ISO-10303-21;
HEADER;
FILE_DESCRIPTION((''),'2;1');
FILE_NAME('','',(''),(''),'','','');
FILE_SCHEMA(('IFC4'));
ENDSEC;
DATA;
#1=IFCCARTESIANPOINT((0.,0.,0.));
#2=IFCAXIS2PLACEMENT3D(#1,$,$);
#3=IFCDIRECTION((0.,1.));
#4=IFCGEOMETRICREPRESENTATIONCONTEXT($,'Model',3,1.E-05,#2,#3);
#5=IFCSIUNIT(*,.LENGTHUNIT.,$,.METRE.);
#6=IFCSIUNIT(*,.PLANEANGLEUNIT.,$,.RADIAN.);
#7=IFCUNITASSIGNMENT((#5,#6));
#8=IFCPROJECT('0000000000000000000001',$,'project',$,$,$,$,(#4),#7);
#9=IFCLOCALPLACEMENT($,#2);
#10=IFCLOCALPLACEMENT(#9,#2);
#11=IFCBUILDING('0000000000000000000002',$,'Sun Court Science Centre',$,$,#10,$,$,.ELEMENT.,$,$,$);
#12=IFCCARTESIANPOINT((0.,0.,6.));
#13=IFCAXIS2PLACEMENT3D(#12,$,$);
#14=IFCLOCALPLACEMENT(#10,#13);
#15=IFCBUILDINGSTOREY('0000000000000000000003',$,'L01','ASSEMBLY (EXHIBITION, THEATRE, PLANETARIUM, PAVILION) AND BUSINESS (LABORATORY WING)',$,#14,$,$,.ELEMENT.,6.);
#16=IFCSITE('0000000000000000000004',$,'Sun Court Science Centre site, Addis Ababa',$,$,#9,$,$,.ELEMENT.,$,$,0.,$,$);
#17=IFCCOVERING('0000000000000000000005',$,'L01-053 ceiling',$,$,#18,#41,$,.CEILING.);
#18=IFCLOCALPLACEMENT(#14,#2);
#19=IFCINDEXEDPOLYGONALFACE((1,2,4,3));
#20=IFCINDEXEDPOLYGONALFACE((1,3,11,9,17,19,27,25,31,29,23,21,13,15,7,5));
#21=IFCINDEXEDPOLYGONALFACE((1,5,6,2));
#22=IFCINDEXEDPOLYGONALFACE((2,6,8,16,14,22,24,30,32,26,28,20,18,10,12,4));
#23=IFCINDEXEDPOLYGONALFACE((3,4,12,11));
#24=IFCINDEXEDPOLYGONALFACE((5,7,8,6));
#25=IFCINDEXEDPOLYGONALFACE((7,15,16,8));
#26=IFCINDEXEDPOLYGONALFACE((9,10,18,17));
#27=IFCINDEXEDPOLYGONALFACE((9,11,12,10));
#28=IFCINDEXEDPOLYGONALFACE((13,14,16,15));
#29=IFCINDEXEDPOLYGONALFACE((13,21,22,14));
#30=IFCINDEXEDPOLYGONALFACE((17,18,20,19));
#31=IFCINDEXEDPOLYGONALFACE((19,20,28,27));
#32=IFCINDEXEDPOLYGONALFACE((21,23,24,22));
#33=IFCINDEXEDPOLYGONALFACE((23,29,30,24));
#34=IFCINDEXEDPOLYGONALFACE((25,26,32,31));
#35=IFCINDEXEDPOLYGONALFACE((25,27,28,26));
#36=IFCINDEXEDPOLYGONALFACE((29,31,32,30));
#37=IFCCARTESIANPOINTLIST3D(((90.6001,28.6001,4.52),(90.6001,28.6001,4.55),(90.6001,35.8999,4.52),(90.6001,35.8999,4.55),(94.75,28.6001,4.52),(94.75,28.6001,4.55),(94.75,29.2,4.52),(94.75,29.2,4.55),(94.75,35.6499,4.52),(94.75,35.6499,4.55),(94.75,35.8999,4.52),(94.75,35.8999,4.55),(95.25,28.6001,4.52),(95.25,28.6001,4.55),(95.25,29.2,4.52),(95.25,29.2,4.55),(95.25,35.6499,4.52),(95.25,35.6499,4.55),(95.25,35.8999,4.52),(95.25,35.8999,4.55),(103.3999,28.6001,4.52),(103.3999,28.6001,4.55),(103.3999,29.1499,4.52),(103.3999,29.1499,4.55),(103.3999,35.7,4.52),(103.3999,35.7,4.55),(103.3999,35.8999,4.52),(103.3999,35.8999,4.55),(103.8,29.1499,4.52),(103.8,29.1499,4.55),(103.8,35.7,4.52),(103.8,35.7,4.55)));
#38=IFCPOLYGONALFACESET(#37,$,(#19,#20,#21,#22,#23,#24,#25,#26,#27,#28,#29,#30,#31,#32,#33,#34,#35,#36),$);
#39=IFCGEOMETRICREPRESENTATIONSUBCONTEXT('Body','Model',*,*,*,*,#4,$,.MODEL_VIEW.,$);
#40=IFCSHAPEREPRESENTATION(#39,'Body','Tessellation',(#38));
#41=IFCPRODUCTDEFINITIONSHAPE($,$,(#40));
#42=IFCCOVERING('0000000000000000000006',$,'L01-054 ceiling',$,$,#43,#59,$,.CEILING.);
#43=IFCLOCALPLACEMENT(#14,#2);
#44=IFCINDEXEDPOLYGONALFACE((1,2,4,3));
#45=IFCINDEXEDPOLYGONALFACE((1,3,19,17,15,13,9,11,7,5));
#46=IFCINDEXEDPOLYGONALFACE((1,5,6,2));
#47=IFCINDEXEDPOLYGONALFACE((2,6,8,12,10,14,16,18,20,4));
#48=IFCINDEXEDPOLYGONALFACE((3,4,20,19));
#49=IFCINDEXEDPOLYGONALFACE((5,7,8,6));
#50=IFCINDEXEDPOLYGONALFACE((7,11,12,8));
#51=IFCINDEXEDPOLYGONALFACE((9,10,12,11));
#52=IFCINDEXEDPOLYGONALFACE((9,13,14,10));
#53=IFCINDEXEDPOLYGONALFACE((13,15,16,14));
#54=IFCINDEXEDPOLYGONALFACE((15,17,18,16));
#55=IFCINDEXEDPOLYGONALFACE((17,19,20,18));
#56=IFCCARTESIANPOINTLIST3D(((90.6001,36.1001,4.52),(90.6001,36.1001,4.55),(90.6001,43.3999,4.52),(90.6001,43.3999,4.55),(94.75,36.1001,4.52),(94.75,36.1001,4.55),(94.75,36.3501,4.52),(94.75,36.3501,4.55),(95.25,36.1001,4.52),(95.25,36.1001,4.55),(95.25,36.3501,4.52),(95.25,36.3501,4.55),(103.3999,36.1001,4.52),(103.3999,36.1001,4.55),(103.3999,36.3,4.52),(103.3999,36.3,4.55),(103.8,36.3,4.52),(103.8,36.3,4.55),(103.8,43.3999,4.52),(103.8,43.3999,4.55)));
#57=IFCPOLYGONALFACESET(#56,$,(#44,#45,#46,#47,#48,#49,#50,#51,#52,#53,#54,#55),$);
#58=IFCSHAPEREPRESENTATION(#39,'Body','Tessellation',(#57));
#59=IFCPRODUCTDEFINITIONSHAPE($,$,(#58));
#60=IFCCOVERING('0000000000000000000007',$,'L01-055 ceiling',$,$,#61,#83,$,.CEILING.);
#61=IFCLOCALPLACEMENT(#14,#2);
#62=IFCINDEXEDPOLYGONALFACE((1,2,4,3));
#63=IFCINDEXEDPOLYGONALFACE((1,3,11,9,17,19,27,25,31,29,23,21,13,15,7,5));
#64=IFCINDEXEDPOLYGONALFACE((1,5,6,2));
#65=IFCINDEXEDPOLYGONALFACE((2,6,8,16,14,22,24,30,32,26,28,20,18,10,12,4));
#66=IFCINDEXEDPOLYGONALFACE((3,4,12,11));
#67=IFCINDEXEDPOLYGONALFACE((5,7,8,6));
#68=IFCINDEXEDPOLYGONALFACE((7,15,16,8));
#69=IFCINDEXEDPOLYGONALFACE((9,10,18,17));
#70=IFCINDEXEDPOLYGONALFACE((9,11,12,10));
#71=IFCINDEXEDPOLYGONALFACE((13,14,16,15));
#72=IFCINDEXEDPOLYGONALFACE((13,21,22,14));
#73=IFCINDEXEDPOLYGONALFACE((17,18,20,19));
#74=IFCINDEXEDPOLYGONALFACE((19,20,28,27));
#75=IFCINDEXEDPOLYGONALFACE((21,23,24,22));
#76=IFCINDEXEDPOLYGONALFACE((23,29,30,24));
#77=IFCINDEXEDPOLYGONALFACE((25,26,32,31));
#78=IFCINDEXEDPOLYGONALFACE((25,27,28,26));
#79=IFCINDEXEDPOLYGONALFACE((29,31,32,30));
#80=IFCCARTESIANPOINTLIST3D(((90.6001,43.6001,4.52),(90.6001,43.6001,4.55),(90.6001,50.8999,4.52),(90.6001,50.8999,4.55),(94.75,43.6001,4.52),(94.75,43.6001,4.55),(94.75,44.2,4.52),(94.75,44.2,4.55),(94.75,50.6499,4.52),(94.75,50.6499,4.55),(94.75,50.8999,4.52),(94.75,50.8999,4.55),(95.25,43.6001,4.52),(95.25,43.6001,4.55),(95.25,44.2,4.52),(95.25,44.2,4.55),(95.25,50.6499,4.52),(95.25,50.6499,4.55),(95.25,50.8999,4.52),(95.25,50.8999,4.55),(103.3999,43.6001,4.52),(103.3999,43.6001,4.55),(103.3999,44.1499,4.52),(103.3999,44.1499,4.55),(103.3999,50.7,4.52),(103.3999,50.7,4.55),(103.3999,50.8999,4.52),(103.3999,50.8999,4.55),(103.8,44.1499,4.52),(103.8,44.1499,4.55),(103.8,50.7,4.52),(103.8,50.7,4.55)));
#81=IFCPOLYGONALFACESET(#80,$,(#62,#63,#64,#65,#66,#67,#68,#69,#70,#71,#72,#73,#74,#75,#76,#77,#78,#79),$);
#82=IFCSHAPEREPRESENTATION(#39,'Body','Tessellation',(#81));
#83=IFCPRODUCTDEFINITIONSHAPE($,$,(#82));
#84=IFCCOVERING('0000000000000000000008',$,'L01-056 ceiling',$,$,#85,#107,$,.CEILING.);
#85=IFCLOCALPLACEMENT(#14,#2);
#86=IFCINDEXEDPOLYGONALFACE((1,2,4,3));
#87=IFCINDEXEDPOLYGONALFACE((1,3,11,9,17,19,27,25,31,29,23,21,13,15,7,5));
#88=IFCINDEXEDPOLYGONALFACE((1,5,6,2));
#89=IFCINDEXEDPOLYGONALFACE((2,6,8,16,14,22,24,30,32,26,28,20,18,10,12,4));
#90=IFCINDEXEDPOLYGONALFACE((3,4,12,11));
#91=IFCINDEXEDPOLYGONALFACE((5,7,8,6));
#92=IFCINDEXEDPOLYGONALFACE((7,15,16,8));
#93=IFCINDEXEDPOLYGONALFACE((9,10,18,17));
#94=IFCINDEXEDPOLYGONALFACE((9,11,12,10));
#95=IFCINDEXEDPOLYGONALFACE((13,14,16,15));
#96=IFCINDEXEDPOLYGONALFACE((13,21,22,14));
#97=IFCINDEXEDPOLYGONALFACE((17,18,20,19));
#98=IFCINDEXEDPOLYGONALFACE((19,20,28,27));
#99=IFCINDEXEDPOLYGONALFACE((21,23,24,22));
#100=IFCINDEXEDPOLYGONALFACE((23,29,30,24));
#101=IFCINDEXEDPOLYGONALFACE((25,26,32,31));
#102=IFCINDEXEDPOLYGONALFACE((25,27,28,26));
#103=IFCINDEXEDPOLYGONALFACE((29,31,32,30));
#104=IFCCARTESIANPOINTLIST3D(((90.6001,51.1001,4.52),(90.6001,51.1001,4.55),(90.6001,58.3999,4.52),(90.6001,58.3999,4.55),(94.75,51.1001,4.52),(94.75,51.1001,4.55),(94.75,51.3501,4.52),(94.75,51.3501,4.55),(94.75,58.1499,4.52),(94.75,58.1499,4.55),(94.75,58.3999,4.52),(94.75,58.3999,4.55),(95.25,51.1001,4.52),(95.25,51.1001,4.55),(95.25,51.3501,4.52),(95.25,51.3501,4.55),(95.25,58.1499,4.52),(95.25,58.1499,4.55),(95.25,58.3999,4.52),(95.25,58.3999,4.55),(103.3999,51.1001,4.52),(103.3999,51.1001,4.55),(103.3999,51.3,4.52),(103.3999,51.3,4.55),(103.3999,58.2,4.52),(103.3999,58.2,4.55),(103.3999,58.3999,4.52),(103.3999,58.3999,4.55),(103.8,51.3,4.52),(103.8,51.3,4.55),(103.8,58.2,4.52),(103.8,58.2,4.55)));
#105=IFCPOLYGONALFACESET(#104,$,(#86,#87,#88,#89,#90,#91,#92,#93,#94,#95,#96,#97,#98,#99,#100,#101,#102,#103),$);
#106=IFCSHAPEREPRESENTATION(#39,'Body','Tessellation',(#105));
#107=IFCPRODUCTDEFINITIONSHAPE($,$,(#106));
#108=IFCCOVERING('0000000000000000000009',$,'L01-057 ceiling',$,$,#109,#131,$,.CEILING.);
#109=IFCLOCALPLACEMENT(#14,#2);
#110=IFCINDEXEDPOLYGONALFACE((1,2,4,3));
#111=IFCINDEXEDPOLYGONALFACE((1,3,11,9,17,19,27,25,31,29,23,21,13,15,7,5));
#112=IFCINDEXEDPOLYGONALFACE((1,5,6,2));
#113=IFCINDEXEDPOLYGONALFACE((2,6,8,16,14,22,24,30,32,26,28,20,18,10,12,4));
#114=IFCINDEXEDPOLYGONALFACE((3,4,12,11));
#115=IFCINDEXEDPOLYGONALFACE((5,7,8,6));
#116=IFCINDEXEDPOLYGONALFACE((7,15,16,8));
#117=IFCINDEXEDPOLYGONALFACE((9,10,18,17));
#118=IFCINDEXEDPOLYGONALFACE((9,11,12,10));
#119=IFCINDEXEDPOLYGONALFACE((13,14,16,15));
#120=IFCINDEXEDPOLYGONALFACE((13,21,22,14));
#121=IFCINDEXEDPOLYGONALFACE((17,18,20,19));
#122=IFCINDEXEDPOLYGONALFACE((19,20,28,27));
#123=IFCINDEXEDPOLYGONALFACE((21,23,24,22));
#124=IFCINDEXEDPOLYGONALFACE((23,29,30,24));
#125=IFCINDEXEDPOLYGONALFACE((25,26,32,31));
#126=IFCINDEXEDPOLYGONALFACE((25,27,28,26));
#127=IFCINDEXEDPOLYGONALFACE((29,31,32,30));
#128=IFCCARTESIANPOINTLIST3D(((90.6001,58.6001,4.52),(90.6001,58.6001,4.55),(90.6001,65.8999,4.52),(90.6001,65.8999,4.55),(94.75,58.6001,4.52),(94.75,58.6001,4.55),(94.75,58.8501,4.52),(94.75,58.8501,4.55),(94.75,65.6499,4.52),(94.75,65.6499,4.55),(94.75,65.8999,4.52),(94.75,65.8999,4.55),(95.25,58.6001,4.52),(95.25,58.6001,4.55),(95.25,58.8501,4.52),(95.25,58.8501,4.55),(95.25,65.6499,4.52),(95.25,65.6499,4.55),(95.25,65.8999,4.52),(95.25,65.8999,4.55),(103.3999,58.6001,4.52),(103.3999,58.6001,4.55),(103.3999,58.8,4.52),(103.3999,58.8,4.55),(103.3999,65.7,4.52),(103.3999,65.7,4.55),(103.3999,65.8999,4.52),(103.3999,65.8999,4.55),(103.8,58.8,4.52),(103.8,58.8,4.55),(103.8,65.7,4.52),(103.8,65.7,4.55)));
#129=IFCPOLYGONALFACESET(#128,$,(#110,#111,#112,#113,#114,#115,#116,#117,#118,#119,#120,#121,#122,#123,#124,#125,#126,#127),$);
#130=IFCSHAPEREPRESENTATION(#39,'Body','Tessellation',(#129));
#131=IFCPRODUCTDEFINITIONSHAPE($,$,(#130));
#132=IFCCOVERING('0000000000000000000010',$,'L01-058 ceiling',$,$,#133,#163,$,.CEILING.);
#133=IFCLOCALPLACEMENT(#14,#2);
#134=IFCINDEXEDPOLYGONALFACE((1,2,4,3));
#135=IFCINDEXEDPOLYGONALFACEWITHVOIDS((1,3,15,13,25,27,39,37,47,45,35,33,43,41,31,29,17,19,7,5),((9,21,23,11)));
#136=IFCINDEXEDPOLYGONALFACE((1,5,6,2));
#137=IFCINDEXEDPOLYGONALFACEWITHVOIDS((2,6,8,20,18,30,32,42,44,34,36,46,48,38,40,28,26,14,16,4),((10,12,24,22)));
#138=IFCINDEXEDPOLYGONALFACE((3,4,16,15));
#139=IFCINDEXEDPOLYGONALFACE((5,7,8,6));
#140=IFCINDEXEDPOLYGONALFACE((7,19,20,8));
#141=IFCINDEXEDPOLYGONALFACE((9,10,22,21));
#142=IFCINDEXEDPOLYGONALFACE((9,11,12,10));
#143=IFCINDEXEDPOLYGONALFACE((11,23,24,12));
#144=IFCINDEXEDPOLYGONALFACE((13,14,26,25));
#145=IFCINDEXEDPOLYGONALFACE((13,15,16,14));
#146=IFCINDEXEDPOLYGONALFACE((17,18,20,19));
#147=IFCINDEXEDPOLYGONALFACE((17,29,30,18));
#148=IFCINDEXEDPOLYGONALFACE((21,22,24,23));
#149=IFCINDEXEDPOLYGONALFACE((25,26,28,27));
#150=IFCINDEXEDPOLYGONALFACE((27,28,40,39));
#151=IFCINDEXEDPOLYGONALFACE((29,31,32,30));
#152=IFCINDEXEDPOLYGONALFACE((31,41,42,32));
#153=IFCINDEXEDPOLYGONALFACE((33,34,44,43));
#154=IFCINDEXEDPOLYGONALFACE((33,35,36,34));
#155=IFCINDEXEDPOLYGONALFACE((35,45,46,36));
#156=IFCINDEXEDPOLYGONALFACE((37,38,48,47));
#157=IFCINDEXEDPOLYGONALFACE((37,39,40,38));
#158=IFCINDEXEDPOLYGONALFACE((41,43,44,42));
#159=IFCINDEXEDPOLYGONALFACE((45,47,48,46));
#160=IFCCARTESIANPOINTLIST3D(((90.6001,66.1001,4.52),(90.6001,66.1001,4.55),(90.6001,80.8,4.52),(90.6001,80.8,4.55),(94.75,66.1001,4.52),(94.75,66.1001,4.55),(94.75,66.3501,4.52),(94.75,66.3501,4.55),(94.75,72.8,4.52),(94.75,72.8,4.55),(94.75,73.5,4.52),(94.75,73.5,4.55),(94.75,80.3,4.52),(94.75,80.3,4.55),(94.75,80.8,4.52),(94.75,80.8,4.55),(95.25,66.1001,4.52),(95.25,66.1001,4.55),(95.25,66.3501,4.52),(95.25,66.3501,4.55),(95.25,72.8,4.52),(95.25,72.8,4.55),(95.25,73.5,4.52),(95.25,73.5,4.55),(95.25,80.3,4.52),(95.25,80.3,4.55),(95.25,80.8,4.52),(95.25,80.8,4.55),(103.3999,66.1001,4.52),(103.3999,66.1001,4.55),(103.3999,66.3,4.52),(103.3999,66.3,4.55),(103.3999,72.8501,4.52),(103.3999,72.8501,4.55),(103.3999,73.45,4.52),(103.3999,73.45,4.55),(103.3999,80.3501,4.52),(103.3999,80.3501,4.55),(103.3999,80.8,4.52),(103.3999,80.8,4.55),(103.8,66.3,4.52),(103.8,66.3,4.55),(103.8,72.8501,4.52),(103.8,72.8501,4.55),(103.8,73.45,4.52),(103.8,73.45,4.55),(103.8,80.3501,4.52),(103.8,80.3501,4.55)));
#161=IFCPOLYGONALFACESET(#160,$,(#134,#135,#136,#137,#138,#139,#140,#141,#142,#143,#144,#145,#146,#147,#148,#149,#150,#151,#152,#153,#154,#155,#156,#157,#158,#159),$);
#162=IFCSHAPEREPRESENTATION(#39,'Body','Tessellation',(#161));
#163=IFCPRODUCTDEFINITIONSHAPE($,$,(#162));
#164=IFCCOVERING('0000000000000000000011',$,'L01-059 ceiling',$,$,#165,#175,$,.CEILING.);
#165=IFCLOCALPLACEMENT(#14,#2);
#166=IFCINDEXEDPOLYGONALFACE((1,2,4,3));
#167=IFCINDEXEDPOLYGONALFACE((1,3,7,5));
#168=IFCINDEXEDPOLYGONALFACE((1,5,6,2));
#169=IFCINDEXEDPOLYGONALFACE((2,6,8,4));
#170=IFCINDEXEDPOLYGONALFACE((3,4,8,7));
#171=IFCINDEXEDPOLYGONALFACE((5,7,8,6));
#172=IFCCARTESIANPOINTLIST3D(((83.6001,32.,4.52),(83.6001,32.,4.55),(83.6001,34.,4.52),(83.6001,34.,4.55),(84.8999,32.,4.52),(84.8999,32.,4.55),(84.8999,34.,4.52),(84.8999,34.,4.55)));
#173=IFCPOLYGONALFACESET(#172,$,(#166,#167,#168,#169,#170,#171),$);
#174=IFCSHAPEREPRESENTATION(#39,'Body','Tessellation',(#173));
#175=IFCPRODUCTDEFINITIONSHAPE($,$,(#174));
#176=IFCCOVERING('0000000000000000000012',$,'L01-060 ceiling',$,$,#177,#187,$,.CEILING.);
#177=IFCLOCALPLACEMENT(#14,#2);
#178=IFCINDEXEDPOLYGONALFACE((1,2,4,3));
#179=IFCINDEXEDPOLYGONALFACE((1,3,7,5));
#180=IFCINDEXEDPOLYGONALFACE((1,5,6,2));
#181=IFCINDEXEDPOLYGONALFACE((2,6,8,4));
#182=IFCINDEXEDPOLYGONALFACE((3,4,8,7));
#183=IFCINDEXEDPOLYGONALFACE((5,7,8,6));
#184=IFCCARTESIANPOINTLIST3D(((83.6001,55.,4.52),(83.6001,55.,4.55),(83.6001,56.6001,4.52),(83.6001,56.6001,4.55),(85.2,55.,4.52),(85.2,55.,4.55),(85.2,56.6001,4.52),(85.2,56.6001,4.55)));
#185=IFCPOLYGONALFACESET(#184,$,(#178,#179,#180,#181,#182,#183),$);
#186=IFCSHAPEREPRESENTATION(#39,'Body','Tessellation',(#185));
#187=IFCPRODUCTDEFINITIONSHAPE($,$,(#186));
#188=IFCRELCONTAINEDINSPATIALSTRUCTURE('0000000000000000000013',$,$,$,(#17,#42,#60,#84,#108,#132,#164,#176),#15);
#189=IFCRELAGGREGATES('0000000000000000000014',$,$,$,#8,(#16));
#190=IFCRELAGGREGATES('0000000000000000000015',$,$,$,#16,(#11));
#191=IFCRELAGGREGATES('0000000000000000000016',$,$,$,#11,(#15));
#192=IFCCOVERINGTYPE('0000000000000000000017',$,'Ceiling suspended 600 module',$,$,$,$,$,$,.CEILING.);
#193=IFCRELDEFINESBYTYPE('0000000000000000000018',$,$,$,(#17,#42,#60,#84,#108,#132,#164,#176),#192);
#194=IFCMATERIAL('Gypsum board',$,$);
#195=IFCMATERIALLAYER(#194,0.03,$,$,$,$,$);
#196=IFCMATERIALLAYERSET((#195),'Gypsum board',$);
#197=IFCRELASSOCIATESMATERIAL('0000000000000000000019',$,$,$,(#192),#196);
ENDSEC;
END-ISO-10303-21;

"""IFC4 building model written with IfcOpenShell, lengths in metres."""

from ifc_helpers import new_model, si_unit, direction, frame, origin, place, context, subcontext, project, spatial, polyline, outline, extrude, material, layer, layer_set, type_object, element, save


model = new_model("IFC4")

# Units and contexts
model_context = context("Model", 3, precision=1e-05, world=origin(), true_north=direction((0.0, 1.0)))
body_context = subcontext(model_context, "Body", "Model", "MODEL_VIEW")
ifc_project = project(units=[si_unit("LENGTHUNIT", "METRE"), si_unit("PLANEANGLEUNIT", "RADIAN")], contexts=[model_context])

# Site, building, storey
site_placement = place(None, origin())
site = spatial("IfcSite", under=ifc_project, at=site_placement, Name="Sun Court Science Centre site, Addis Ababa", CompositionType="ELEMENT", RefElevation=0.0)
building_placement = place(site_placement, origin())
building = spatial("IfcBuilding", under=site, at=building_placement, Name="Sun Court Science Centre", CompositionType="ELEMENT")
storey_placement = place(building_placement, frame((0.0, 0.0, 6.0)))
storey = spatial("IfcBuildingStorey", under=building, at=storey_placement, Name="L01", Description="ASSEMBLY (EXHIBITION, THEATRE, PLANETARIUM, PAVILION) AND BUSINESS (LABORATORY WING)", CompositionType="ELEMENT", Elevation=6.0)

# Coverings
ifc_material_1 = material(Name="Gypsum board")
ifc_layer_1 = layer(ifc_material_1, 0.03)
ifc_layer_set_1 = layer_set([ifc_layer_1], Name="Gypsum board")
covering_type_1 = type_object("IfcCoveringType", Name="Ceiling suspended 600 module", PredefinedType="CEILING", material=ifc_layer_set_1)
covering_1_placement = place(storey_placement, frame((0.0, 0.0, 4.52)))
element("IfcCovering", 1, at=covering_1_placement, inside=storey, type_object=covering_type_1, Name="L01-053 ceiling", PredefinedType="CEILING", context=body_context, shape_type="SweptSolid", body=[
    extrude(outline(polyline([(103.3999, 28.6001), (95.25, 28.6001), (95.25, 29.2), (94.75, 29.2), (94.75, 28.6001), (90.6001, 28.6001), (90.6001, 35.8999), (94.75, 35.8999), (94.75, 35.6499), (95.25, 35.6499), (95.25, 35.8999), (103.3999, 35.8999), (103.3999, 35.7), (103.8, 35.7), (103.8, 29.1499), (103.3999, 29.1499), (103.3999, 28.6001)])), origin(), (0.0, 0.0, 1.0), 0.03),
])
covering_2_placement = place(storey_placement, frame((0.0, 0.0, 4.52)))
element("IfcCovering", 2, at=covering_2_placement, inside=storey, type_object=covering_type_1, Name="L01-054 ceiling", PredefinedType="CEILING", context=body_context, shape_type="SweptSolid", body=[
    extrude(outline(polyline([(103.3999, 36.1001), (95.25, 36.1001), (95.25, 36.3501), (94.75, 36.3501), (94.75, 36.1001), (90.6001, 36.1001), (90.6001, 43.3999), (103.8, 43.3999), (103.8, 36.3), (103.3999, 36.3), (103.3999, 36.1001)])), origin(), (0.0, 0.0, 1.0), 0.03),
])
covering_3_placement = place(storey_placement, frame((0.0, 0.0, 4.52)))
element("IfcCovering", 3, at=covering_3_placement, inside=storey, type_object=covering_type_1, Name="L01-055 ceiling", PredefinedType="CEILING", context=body_context, shape_type="SweptSolid", body=[
    extrude(outline(polyline([(103.3999, 43.6001), (95.25, 43.6001), (95.25, 44.2), (94.75, 44.2), (94.75, 43.6001), (90.6001, 43.6001), (90.6001, 50.8999), (94.75, 50.8999), (94.75, 50.6499), (95.25, 50.6499), (95.25, 50.8999), (103.3999, 50.8999), (103.3999, 50.7), (103.8, 50.7), (103.8, 44.1499), (103.3999, 44.1499), (103.3999, 43.6001)])), origin(), (0.0, 0.0, 1.0), 0.03),
])
covering_4_placement = place(storey_placement, frame((0.0, 0.0, 4.52)))
element("IfcCovering", 4, at=covering_4_placement, inside=storey, type_object=covering_type_1, Name="L01-056 ceiling", PredefinedType="CEILING", context=body_context, shape_type="SweptSolid", body=[
    extrude(outline(polyline([(103.3999, 51.1001), (95.25, 51.1001), (95.25, 51.3501), (94.75, 51.3501), (94.75, 51.1001), (90.6001, 51.1001), (90.6001, 58.3999), (94.75, 58.3999), (94.75, 58.1499), (95.25, 58.1499), (95.25, 58.3999), (103.3999, 58.3999), (103.3999, 58.2), (103.8, 58.2), (103.8, 51.3), (103.3999, 51.3), (103.3999, 51.1001)])), origin(), (0.0, 0.0, 1.0), 0.03),
])
covering_5_placement = place(storey_placement, frame((0.0, 0.0, 4.52)))
element("IfcCovering", 5, at=covering_5_placement, inside=storey, type_object=covering_type_1, Name="L01-057 ceiling", PredefinedType="CEILING", context=body_context, shape_type="SweptSolid", body=[
    extrude(outline(polyline([(103.3999, 58.6001), (95.25, 58.6001), (95.25, 58.8501), (94.75, 58.8501), (94.75, 58.6001), (90.6001, 58.6001), (90.6001, 65.8999), (94.75, 65.8999), (94.75, 65.6499), (95.25, 65.6499), (95.25, 65.8999), (103.3999, 65.8999), (103.3999, 65.7), (103.8, 65.7), (103.8, 58.8), (103.3999, 58.8), (103.3999, 58.6001)])), origin(), (0.0, 0.0, 1.0), 0.03),
])
covering_6_placement = place(storey_placement, frame((0.0, 0.0, 4.52)))
element("IfcCovering", 6, at=covering_6_placement, inside=storey, type_object=covering_type_1, Name="L01-058 ceiling", PredefinedType="CEILING", context=body_context, shape_type="SweptSolid", body=[
    extrude(outline(polyline([(103.8, 73.45), (103.3999, 73.45), (103.3999, 72.8501), (103.8, 72.8501), (103.8, 66.3), (103.3999, 66.3), (103.3999, 66.1001), (95.25, 66.1001), (95.25, 66.3501), (94.75, 66.3501), (94.75, 66.1001), (90.6001, 66.1001), (90.6001, 80.8), (94.75, 80.8), (94.75, 80.3), (95.25, 80.3), (95.25, 80.8), (103.3999, 80.8), (103.3999, 80.3501), (103.8, 80.3501), (103.8, 73.45)]), holes=[polyline([(95.25, 72.8), (95.25, 73.5), (94.75, 73.5), (94.75, 72.8), (95.25, 72.8)])]), origin(), (0.0, 0.0, 1.0), 0.03),
])
covering_7_placement = place(storey_placement, frame((0.0, 0.0, 4.52)))
element("IfcCovering", 7, at=covering_7_placement, inside=storey, type_object=covering_type_1, Name="L01-059 ceiling", PredefinedType="CEILING", context=body_context, shape_type="SweptSolid", body=[
    extrude(outline(polyline([(84.8999, 34.0), (84.8999, 32.0), (83.6001, 32.0), (83.6001, 34.0), (84.8999, 34.0)])), origin(), (0.0, 0.0, 1.0), 0.03),
])
covering_8_placement = place(storey_placement, frame((0.0, 0.0, 4.52)))
element("IfcCovering", 8, at=covering_8_placement, inside=storey, type_object=covering_type_1, Name="L01-060 ceiling", PredefinedType="CEILING", context=body_context, shape_type="SweptSolid", body=[
    extrude(outline(polyline([(85.2, 56.6001), (85.2, 55.0), (83.6001, 55.0), (83.6001, 56.6001), (85.2, 56.6001)])), origin(), (0.0, 0.0, 1.0), 0.03),
])

save(model, "model.ifc")
